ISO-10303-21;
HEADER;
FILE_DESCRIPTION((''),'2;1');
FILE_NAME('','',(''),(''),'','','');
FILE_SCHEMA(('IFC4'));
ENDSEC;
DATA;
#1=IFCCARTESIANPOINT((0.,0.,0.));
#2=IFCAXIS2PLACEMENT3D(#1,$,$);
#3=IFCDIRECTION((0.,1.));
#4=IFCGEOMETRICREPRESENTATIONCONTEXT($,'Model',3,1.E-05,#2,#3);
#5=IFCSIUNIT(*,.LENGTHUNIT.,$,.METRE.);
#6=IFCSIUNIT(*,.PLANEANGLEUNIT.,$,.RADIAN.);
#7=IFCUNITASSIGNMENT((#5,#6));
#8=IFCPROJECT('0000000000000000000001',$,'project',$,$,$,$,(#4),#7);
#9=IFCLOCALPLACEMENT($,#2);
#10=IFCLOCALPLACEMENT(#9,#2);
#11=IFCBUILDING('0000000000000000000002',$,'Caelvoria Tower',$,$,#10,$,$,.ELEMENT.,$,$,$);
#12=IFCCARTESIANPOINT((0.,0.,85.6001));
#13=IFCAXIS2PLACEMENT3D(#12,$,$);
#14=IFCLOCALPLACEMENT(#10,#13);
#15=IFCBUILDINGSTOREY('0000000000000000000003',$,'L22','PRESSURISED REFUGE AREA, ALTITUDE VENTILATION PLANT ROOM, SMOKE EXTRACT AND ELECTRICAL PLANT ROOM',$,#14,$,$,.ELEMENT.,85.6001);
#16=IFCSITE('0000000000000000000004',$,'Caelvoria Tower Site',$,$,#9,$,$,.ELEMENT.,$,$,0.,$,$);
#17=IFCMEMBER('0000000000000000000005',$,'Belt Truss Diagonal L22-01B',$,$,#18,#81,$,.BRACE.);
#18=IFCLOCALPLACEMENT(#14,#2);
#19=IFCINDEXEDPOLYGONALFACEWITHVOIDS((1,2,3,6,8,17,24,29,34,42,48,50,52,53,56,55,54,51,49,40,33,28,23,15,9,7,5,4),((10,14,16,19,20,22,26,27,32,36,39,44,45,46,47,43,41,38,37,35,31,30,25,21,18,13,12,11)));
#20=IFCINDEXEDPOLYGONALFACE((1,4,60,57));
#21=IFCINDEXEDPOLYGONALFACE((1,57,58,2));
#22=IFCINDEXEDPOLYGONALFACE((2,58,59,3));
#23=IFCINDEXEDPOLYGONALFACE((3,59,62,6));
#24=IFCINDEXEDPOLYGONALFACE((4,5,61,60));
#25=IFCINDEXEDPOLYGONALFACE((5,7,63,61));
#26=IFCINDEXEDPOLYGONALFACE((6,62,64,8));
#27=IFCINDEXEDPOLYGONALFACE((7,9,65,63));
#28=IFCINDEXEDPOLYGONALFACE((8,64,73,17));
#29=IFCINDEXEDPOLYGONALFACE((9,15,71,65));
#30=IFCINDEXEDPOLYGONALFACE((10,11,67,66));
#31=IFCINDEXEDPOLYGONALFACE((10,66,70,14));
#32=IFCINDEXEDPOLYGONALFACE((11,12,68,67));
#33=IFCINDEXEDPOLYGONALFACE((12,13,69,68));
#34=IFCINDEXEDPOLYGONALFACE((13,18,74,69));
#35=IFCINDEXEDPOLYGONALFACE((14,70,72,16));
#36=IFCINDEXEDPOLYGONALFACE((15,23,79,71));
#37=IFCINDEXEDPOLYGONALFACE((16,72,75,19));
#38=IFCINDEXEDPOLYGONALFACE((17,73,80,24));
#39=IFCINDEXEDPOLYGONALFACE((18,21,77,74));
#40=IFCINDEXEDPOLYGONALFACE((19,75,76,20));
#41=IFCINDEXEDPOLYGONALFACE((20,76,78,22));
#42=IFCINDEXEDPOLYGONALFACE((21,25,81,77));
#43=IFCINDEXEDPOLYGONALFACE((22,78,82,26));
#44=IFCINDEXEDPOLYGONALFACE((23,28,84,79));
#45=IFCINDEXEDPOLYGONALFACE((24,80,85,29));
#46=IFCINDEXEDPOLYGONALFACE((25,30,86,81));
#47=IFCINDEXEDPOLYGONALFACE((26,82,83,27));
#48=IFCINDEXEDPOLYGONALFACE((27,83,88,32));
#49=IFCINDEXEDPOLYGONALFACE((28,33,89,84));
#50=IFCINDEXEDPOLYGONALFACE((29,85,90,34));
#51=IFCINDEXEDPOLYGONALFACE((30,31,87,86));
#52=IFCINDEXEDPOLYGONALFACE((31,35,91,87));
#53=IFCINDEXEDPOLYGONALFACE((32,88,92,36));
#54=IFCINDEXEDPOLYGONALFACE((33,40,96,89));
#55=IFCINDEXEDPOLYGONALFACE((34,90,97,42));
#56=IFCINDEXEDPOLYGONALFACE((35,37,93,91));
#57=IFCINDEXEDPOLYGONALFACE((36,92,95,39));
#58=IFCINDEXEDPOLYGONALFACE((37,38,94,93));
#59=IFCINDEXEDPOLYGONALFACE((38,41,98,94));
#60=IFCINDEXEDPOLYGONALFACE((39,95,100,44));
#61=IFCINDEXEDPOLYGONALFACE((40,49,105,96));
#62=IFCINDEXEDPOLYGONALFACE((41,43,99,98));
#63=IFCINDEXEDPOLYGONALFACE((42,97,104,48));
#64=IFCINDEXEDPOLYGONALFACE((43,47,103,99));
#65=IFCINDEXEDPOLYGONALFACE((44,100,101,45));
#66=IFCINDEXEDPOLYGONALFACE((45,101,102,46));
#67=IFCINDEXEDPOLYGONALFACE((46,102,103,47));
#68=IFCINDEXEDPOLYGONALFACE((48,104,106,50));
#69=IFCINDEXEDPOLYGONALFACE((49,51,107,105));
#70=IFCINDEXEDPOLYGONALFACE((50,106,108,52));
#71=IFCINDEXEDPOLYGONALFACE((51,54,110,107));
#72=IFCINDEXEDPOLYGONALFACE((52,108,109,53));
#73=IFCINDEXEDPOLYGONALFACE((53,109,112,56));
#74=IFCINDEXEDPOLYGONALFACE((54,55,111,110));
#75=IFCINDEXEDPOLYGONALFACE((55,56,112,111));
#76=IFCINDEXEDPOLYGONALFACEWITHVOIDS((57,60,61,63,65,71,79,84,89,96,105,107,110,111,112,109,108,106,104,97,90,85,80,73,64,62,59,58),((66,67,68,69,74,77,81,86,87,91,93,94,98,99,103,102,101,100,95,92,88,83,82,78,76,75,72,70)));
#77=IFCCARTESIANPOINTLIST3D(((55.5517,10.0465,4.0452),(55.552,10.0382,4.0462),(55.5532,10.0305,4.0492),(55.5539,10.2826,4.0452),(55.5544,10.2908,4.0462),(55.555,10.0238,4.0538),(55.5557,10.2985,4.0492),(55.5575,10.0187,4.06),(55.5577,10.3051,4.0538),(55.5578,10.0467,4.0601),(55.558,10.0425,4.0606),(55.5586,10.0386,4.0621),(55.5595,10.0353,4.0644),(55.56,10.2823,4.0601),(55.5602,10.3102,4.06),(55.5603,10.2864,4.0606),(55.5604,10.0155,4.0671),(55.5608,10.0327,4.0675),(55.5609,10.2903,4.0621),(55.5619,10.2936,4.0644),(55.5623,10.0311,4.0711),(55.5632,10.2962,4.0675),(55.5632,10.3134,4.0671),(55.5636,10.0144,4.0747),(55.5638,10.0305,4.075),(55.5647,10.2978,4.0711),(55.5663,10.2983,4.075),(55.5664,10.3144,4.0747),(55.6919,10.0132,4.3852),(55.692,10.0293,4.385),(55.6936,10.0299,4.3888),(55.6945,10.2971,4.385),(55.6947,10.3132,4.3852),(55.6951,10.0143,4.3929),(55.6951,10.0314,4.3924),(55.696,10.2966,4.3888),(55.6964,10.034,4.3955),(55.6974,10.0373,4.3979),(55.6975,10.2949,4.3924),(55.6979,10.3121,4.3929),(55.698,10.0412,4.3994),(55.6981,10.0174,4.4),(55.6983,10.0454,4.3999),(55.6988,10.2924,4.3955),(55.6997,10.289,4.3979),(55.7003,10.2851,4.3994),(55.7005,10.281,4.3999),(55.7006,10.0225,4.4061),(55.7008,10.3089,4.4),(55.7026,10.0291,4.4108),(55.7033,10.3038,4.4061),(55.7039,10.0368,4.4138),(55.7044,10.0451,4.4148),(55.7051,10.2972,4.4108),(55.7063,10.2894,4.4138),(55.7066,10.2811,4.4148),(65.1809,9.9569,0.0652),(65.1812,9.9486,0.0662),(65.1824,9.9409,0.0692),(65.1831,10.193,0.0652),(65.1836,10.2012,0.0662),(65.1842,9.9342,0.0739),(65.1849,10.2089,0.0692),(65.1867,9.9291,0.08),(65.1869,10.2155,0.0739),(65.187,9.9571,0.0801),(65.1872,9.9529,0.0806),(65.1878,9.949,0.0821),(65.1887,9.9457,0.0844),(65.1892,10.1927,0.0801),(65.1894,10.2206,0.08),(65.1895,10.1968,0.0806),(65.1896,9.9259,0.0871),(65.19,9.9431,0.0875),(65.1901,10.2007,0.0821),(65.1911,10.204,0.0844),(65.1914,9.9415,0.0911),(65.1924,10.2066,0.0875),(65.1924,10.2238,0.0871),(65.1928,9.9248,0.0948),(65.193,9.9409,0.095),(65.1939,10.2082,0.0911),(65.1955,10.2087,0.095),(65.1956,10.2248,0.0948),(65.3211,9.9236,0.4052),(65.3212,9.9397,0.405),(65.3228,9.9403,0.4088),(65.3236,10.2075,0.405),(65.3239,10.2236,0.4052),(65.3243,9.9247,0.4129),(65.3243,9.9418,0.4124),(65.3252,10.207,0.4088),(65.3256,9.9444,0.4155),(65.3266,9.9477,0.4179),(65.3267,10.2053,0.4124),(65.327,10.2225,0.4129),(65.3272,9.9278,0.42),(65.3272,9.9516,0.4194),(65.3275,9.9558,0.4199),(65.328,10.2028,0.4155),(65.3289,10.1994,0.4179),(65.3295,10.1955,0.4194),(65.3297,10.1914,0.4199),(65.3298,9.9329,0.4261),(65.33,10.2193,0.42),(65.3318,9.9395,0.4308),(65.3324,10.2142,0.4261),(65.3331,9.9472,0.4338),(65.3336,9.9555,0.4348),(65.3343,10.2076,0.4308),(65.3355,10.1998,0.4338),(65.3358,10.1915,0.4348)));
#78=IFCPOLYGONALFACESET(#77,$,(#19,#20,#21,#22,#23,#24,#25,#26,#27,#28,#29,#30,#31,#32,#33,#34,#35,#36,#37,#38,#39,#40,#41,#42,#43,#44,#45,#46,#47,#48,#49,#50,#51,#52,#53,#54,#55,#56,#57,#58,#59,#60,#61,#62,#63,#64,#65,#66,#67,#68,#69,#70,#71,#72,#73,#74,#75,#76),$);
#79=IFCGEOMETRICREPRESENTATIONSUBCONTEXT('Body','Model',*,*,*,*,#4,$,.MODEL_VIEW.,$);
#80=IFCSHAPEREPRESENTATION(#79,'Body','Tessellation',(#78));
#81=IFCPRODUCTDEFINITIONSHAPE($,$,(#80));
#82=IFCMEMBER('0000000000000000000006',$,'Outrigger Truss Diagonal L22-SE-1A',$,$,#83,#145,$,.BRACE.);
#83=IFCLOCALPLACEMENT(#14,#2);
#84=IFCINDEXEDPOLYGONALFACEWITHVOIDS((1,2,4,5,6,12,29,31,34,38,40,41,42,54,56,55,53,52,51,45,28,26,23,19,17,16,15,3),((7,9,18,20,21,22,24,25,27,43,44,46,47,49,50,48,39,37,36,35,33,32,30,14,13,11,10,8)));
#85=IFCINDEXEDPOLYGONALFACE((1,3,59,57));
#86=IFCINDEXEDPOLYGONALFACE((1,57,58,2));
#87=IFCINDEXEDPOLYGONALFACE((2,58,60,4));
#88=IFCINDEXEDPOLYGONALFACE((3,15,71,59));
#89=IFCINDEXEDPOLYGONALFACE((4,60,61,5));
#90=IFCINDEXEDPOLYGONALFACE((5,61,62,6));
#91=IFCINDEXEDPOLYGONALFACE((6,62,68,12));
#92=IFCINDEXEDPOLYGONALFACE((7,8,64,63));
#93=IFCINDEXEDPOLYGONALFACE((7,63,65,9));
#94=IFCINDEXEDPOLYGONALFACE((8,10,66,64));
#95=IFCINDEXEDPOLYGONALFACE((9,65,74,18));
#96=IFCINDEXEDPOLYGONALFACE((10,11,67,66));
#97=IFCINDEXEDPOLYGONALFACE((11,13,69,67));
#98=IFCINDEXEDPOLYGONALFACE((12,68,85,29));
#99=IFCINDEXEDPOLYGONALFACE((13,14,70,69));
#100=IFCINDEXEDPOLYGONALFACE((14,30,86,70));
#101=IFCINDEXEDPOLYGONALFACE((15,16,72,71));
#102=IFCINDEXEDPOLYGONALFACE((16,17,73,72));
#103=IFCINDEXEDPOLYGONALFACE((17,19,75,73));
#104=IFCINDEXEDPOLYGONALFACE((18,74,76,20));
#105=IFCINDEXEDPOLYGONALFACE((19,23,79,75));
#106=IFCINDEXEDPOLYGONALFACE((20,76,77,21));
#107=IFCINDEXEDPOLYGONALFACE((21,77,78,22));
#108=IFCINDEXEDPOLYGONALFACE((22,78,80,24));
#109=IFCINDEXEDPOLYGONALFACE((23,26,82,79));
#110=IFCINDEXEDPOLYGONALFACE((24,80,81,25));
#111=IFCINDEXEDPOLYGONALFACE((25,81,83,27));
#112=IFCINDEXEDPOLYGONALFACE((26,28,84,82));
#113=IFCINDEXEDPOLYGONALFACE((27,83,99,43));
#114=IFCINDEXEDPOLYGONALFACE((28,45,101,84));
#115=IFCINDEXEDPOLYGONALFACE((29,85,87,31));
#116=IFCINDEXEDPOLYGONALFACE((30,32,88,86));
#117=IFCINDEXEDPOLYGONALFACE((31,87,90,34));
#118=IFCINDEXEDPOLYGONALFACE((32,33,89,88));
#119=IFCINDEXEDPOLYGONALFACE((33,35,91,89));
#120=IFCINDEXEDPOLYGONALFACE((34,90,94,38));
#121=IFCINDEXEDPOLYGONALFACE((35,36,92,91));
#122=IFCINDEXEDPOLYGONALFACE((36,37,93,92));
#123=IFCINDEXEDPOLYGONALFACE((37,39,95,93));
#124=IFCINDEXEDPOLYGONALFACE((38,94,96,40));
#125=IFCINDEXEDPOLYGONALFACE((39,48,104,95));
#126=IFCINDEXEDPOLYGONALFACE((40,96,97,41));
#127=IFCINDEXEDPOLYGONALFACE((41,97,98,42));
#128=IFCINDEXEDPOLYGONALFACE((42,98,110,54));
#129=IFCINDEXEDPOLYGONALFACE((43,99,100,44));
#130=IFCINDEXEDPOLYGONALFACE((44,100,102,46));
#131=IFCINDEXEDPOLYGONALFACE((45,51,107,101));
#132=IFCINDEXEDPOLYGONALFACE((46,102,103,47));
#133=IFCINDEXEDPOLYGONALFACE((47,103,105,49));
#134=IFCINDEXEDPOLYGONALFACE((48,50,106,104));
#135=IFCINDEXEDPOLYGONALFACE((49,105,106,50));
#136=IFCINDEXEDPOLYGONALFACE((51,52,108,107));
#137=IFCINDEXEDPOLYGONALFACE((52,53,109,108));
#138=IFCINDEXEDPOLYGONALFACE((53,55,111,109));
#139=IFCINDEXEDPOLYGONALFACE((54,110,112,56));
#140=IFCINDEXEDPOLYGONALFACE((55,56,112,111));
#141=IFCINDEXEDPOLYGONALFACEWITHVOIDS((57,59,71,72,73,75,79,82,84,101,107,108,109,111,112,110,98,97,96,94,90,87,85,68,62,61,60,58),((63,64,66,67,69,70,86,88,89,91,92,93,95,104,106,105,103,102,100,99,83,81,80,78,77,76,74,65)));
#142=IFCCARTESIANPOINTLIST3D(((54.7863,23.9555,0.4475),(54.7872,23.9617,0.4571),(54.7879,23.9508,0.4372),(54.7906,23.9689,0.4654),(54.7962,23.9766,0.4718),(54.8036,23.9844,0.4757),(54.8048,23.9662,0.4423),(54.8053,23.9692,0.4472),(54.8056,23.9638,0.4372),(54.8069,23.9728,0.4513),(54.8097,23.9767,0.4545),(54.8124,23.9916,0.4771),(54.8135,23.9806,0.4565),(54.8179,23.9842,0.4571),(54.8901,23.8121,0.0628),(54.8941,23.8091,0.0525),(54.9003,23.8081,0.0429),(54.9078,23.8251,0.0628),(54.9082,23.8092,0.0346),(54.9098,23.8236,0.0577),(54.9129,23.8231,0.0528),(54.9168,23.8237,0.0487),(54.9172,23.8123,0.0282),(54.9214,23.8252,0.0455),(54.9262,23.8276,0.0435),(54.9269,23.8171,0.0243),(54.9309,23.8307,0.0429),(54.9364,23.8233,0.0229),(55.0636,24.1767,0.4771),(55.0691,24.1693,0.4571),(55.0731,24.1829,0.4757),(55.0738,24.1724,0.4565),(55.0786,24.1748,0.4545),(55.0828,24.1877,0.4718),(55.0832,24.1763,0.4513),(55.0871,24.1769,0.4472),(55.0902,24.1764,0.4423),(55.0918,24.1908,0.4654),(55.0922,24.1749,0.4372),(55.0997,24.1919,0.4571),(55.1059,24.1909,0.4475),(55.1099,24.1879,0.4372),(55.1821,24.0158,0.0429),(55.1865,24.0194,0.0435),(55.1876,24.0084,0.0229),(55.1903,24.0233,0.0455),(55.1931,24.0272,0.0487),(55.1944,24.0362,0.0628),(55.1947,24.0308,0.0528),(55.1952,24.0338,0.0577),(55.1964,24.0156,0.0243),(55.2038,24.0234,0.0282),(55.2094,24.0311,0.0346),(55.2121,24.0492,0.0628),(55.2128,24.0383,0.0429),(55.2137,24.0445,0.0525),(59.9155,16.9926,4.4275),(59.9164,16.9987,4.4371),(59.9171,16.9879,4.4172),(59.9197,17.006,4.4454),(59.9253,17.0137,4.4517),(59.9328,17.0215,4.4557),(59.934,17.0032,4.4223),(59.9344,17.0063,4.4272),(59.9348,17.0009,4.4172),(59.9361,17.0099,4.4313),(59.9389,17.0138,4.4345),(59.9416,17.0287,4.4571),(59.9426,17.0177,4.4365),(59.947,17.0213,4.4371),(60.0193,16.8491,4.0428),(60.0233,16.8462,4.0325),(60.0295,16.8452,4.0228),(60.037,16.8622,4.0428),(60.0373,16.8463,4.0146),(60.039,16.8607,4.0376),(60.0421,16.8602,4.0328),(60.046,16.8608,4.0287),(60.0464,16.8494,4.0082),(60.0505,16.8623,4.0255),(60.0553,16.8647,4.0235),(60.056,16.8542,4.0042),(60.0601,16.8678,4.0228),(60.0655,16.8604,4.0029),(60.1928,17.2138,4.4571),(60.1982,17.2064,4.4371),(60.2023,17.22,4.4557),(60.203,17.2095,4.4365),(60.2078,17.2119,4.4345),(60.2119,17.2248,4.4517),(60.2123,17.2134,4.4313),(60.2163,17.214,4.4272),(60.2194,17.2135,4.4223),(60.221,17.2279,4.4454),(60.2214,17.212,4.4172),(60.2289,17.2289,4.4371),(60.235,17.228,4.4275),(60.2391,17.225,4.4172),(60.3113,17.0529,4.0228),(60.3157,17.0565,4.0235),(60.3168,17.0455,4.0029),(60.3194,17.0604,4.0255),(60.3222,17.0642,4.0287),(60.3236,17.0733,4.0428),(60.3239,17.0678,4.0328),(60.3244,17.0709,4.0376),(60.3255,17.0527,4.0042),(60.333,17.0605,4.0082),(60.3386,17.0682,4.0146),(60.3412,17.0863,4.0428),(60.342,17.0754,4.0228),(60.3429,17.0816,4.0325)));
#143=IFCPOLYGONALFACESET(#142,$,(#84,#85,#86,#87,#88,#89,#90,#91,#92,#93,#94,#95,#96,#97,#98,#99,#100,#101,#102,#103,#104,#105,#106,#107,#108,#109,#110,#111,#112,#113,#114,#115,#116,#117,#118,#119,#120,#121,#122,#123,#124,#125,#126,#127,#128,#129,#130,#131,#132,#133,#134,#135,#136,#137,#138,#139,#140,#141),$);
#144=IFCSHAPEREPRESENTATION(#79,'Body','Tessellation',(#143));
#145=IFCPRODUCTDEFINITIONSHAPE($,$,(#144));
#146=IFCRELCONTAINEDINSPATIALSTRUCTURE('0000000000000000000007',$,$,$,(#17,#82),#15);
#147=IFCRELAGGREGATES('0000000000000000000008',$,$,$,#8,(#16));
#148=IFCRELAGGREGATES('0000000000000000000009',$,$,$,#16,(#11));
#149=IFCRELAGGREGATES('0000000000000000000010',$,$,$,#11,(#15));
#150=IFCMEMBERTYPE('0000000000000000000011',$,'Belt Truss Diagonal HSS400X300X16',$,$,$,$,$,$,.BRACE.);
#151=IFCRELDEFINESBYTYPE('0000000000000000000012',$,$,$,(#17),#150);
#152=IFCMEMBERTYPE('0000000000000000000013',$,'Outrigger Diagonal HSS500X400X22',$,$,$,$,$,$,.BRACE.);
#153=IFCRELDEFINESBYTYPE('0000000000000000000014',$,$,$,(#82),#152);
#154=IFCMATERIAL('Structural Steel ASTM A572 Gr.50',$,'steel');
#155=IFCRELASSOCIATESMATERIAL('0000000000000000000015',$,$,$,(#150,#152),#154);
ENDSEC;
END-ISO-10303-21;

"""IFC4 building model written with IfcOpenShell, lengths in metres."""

from ifc_helpers import new_model, si_unit, direction, frame, origin, origin_2d, place, context, subcontext, project, spatial, hollow_rectangle, extrude, material, material_profile, profile_set, type_object, element, save


model = new_model("IFC4")

# Units and contexts
model_context = context("Model", 3, precision=1e-05, world=origin(), true_north=direction((0.0, 1.0)))
body_context = subcontext(model_context, "Body", "Model", "MODEL_VIEW")
ifc_project = project(units=[si_unit("LENGTHUNIT", "METRE"), si_unit("PLANEANGLEUNIT", "RADIAN")], contexts=[model_context])

# Site, building, storey
site_placement = place(None, origin())
site = spatial("IfcSite", under=ifc_project, at=site_placement, Name="Caelvoria Tower Site", CompositionType="ELEMENT", RefElevation=0.0)
building_placement = place(site_placement, origin())
building = spatial("IfcBuilding", under=site, at=building_placement, Name="Caelvoria Tower", CompositionType="ELEMENT")
storey_placement = place(building_placement, frame((0.0, 0.0, 85.6001)))
storey = spatial("IfcBuildingStorey", under=building, at=storey_placement, Name="L22", Description="PRESSURISED REFUGE AREA, ALTITUDE VENTILATION PLANT ROOM, SMOKE EXTRACT AND ELECTRICAL PLANT ROOM", CompositionType="ELEMENT", Elevation=85.6001)

# Members
ifc_material_1 = material(Name="Structural Steel ASTM A572 Gr.50", Category="steel")
ifc_material_profile_1 = material_profile(ifc_material_1, hollow_rectangle(XDim=0.3, YDim=0.3999, WallThickness=0.0161, InnerFilletRadius=0.0161, OuterFilletRadius=0.032, at=origin_2d()), Name="Structural Steel ASTM A572 Gr.50")
ifc_profile_set_1 = profile_set([ifc_material_profile_1], Name="HSS400X300X16 - Structural Steel ASTM A572 Gr.50")
member_type_1 = type_object("IfcMemberType", Name="Belt Truss Diagonal HSS400X300X16", PredefinedType="BRACE", material=ifc_profile_set_1)
for number, where, z_axis, x_axis, name in (
    (1, (55.6292, 10.1638, 4.23), (0.924135, -0.008599, -0.381969), (0.009305, 0.999957, 0.0), "Belt Truss Diagonal L22-01B"),
):
    element("IfcMember", number, at=place(storey_placement, frame(where, z_axis=z_axis, x_axis=x_axis)), inside=storey, type_object=member_type_1, Name=name, PredefinedType="BRACE", context=body_context, shape_type="SweptSolid", body=[
        extrude(hollow_rectangle(XDim=0.3, YDim=0.3999, WallThickness=0.0161, InnerFilletRadius=0.0161, OuterFilletRadius=0.032, at=origin_2d()), origin(), (0.0, 0.0, 1.0), 10.4197),
    ])
ifc_material_profile_2 = material_profile(ifc_material_1, hollow_rectangle(XDim=0.3999, YDim=0.5, WallThickness=0.022, InnerFilletRadius=0.022, OuterFilletRadius=0.0439, at=origin_2d()), Name="Structural Steel ASTM A572 Gr.50")
ifc_profile_set_2 = profile_set([ifc_material_profile_2], Name="HSS500X400X22 - Structural Steel ASTM A572 Gr.50")
member_type_2 = type_object("IfcMemberType", Name="Outrigger Diagonal HSS500X400X22", PredefinedType="BRACE", material=ifc_profile_set_2)
member_1_placement = place(storey_placement, frame((55.0, 24.0, 0.25), z_axis=(0.538777, -0.731397, 0.418065), x_axis=(0.805133, 0.593094, 0.0)))
element("IfcMember", 2, at=member_1_placement, inside=storey, type_object=member_type_2, Name="Outrigger Truss Diagonal L22-SE-1A", PredefinedType="BRACE", context=body_context, shape_type="SweptSolid", body=[
    extrude(hollow_rectangle(XDim=0.3999, YDim=0.5, WallThickness=0.022, InnerFilletRadius=0.022, OuterFilletRadius=0.0439, at=origin_2d()), origin(), (0.0, 0.0, 1.0), 9.52),
])

save(model, "model.ifc")
